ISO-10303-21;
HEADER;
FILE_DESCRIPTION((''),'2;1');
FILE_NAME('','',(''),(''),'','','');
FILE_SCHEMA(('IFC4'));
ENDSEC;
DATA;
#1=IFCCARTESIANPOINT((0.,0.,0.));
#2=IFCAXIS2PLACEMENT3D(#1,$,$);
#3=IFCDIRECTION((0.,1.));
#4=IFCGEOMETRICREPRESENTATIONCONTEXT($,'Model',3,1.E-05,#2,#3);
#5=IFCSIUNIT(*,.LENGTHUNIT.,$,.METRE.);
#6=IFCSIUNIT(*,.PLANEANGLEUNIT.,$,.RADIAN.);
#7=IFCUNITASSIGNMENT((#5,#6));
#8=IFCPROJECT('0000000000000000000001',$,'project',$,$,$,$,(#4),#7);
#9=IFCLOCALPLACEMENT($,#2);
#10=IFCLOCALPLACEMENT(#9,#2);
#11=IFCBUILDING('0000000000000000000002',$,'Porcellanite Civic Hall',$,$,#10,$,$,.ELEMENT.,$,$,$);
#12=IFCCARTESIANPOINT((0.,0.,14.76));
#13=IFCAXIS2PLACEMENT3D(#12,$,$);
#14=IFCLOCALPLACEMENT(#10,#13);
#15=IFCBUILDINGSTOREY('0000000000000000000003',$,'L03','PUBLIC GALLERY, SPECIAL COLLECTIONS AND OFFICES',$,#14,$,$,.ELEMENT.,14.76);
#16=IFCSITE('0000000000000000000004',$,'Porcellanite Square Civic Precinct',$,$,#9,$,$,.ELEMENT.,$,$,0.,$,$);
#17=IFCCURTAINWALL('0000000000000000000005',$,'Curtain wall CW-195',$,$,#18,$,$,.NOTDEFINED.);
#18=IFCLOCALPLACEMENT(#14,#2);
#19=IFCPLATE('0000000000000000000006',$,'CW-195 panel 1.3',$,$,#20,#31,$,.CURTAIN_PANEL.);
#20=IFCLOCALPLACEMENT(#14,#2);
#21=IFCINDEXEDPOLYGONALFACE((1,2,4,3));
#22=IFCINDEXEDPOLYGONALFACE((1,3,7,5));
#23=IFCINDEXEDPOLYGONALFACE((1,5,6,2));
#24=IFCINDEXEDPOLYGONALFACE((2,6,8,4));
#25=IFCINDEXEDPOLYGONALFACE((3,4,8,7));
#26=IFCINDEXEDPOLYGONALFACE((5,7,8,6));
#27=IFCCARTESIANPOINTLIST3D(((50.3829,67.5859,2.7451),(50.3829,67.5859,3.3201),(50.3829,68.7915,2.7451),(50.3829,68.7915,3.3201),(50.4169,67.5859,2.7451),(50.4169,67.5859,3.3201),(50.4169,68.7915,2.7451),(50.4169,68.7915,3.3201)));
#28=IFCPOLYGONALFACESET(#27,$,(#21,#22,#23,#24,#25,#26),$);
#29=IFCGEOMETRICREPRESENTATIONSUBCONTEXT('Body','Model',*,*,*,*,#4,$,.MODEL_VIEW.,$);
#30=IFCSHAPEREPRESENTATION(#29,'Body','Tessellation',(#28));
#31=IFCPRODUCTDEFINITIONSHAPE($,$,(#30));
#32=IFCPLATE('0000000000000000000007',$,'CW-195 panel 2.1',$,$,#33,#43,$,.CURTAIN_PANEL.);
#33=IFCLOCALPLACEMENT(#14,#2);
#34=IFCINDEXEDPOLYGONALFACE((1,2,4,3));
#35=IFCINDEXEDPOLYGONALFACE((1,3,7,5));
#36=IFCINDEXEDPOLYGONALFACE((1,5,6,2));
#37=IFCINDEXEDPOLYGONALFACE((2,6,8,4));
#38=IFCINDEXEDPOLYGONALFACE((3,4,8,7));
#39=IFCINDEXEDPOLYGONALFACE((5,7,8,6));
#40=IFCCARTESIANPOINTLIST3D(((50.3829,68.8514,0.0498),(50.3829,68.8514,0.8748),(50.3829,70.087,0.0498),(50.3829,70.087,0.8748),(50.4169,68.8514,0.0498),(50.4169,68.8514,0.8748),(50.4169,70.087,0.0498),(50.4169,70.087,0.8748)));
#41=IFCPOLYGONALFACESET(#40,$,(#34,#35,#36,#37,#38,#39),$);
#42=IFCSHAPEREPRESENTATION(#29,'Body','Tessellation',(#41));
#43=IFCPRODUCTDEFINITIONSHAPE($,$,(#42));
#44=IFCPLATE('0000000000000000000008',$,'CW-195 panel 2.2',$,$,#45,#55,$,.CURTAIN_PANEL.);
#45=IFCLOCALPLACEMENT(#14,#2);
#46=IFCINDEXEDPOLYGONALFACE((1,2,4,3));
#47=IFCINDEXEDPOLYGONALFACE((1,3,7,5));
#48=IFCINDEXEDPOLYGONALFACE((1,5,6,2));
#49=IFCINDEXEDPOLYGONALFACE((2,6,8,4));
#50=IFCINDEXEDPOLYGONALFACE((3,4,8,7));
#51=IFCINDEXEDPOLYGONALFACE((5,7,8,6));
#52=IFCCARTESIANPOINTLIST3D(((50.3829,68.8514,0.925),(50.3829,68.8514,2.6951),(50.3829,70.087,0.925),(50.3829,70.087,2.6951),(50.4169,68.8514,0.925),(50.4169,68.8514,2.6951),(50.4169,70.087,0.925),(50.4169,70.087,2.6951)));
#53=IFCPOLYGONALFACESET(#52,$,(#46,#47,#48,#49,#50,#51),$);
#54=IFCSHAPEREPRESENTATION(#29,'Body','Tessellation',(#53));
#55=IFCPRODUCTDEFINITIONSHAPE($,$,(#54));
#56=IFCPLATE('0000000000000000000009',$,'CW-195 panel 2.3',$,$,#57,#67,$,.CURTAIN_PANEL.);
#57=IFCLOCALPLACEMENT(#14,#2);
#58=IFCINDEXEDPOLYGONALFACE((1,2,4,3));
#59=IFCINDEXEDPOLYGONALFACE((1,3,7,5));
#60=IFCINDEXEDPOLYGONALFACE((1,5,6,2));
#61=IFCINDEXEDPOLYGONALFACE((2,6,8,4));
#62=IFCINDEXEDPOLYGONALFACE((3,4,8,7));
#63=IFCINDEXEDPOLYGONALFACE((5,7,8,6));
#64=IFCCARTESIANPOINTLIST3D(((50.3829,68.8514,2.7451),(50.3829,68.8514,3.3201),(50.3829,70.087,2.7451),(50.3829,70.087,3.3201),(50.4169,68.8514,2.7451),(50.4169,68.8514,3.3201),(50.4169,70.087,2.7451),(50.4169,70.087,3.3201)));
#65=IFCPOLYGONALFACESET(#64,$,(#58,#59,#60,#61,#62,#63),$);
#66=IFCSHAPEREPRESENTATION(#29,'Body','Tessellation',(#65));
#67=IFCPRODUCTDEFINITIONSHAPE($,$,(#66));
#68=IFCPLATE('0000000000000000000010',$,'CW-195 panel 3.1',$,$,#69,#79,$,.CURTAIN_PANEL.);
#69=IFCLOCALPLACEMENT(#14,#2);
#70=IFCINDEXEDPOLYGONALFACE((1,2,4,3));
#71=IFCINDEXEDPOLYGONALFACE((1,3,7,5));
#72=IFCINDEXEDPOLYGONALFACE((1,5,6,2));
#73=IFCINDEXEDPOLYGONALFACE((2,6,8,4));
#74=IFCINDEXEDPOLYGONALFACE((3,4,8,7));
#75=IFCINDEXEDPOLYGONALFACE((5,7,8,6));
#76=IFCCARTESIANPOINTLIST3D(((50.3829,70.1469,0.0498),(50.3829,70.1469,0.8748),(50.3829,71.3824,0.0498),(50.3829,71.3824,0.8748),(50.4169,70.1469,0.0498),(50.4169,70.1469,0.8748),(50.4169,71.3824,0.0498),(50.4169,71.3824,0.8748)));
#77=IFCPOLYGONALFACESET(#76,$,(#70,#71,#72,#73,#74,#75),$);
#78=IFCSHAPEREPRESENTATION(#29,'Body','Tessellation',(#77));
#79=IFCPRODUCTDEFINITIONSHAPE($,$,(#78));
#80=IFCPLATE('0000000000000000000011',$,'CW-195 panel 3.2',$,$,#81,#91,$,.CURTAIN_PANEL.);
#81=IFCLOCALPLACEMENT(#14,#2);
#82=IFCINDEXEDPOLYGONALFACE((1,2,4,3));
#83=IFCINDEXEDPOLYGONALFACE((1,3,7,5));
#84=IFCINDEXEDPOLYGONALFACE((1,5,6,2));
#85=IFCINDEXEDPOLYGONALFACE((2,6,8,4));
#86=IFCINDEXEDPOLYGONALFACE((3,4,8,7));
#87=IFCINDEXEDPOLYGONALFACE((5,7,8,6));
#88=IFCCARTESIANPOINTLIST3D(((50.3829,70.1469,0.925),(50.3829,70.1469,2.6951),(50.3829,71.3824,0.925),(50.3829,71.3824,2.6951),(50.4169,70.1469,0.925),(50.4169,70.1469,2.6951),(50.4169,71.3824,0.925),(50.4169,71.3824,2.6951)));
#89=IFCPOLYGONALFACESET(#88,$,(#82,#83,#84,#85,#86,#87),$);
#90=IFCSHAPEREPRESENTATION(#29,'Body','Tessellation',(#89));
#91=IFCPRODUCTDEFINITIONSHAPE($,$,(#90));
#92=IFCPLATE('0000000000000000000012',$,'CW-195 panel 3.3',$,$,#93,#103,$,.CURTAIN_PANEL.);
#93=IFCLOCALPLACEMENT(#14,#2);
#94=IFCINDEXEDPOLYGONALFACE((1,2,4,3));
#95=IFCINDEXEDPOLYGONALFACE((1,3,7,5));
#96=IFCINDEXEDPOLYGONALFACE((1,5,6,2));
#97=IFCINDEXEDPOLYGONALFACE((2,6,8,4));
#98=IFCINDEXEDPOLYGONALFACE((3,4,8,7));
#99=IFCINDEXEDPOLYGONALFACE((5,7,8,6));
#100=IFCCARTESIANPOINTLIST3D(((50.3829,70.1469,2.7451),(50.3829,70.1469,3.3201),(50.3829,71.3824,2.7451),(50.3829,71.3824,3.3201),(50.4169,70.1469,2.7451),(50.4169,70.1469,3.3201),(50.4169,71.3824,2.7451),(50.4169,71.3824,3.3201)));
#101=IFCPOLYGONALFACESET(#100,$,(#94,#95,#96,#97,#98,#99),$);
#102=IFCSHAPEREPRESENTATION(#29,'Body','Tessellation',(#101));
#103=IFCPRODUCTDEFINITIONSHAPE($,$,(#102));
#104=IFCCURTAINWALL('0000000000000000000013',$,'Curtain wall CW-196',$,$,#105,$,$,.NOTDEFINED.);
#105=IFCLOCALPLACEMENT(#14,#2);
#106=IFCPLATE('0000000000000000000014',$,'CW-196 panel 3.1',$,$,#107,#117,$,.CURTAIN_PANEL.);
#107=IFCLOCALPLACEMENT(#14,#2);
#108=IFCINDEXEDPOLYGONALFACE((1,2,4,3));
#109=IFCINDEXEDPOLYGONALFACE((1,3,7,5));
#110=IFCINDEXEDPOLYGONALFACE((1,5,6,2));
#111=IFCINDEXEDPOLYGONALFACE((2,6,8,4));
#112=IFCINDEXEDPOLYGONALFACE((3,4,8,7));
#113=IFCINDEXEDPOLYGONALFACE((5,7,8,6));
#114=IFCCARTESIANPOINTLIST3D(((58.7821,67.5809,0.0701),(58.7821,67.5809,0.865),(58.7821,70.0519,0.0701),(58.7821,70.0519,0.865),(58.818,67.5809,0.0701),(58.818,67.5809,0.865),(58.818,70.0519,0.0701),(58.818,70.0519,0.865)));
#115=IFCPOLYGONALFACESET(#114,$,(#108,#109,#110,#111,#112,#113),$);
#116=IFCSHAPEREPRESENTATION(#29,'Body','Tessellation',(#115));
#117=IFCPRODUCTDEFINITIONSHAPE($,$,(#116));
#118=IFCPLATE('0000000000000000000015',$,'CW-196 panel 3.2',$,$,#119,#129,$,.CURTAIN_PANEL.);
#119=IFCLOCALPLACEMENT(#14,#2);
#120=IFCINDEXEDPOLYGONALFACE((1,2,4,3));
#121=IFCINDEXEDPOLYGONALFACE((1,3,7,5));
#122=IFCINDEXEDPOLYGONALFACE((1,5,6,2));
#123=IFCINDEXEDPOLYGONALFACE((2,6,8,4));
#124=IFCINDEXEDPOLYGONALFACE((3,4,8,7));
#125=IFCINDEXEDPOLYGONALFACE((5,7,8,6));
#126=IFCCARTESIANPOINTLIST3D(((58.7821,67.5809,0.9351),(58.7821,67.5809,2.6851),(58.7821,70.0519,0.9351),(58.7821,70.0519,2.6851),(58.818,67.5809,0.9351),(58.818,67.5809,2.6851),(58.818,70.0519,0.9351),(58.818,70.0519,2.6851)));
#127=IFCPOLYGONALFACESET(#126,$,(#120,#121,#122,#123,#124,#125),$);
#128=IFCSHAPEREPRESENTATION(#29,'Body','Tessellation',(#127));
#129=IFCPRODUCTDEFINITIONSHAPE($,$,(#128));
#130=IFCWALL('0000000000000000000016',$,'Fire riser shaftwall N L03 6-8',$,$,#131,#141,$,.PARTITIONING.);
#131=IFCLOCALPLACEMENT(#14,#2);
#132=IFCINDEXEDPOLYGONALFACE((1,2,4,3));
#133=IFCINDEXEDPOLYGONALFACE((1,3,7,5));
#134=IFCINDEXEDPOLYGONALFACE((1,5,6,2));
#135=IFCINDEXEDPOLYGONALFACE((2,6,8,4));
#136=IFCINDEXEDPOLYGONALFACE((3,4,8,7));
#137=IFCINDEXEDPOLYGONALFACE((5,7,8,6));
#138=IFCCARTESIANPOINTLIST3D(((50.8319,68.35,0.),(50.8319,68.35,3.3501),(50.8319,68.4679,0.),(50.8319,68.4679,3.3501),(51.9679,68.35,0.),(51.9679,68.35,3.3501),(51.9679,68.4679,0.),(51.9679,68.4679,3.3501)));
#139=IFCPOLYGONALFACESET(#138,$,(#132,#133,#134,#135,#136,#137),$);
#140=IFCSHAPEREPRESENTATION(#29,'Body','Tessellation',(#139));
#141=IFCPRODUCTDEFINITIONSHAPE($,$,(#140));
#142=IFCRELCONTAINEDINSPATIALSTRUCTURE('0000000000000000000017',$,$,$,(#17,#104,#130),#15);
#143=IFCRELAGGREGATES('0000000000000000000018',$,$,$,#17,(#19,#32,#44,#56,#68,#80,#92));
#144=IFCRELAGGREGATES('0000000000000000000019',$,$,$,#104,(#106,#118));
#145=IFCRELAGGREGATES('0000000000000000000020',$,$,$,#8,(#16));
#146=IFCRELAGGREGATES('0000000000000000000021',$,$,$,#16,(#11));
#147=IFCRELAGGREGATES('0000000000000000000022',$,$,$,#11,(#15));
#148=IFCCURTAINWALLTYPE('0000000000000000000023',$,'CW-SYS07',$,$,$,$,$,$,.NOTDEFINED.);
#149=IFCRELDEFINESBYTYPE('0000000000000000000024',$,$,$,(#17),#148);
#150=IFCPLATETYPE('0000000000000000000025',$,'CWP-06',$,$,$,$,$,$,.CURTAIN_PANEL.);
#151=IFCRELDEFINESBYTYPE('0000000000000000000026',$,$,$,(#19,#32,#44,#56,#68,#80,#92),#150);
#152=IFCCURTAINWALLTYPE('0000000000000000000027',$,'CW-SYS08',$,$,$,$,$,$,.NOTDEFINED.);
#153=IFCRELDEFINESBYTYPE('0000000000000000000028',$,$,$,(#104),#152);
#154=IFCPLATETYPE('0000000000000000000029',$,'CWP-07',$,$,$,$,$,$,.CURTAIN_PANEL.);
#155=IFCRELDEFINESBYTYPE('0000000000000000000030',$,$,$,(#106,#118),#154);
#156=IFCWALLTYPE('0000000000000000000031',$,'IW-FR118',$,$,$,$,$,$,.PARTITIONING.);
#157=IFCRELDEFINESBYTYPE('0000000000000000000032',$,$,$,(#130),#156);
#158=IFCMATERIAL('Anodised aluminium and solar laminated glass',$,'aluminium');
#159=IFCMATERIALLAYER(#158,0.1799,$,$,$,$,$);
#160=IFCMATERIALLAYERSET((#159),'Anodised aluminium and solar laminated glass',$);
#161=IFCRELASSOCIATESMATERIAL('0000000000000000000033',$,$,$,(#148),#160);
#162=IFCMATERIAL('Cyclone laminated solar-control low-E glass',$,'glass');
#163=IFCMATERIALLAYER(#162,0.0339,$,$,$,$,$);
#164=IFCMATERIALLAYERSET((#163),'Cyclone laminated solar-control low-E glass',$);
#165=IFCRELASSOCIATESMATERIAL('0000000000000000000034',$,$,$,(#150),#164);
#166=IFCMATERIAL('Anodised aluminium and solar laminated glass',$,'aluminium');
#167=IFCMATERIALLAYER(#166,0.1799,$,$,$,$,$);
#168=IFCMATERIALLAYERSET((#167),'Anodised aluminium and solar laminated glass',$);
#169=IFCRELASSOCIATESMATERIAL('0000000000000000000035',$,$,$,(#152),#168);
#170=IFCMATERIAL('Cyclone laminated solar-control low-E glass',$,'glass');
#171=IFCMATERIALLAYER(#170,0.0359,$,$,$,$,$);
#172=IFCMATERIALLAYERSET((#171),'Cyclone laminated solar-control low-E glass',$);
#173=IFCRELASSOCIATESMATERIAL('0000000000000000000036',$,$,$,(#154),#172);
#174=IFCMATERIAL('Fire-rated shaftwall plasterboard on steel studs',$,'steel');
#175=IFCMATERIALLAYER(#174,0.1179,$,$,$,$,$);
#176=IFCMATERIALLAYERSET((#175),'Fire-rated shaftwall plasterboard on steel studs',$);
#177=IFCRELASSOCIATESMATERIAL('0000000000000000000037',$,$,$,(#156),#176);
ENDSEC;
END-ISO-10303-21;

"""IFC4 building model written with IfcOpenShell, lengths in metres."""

from ifc_helpers import new_model, si_unit, direction, frame, frame_2d, origin, origin_2d, place, context, subcontext, project, spatial, rectangle, extrude, material, layer, layer_set, type_object, element, aggregate, save


model = new_model("IFC4")

# Units and contexts
model_context = context("Model", 3, precision=1e-05, world=origin(), true_north=direction((0.0, 1.0)))
body_context = subcontext(model_context, "Body", "Model", "MODEL_VIEW")
ifc_project = project(units=[si_unit("LENGTHUNIT", "METRE"), si_unit("PLANEANGLEUNIT", "RADIAN")], contexts=[model_context])

# Site, building, storey
site_placement = place(None, origin())
site = spatial("IfcSite", under=ifc_project, at=site_placement, Name="Porcellanite Square Civic Precinct", CompositionType="ELEMENT", RefElevation=0.0)
building_placement = place(site_placement, origin())
building = spatial("IfcBuilding", under=site, at=building_placement, Name="Porcellanite Civic Hall", CompositionType="ELEMENT")
storey_placement = place(building_placement, frame((0.0, 0.0, 14.76)))
storey = spatial("IfcBuildingStorey", under=building, at=storey_placement, Name="L03", Description="PUBLIC GALLERY, SPECIAL COLLECTIONS AND OFFICES", CompositionType="ELEMENT", Elevation=14.76)

# Curtain wall, plates
ifc_material_1 = material(Name="Anodised aluminium and solar laminated glass", Category="aluminium")
ifc_layer_1 = layer(ifc_material_1, 0.1799)
ifc_layer_set_1 = layer_set([ifc_layer_1], Name="Anodised aluminium and solar laminated glass")
curtain_wall_type_1 = type_object("IfcCurtainWallType", Name="CW-SYS07", PredefinedType="NOTDEFINED", material=ifc_layer_set_1)
curtain_wall_1_placement = place(storey_placement, origin())
curtain_wall_1 = element("IfcCurtainWall", 1, at=curtain_wall_1_placement, inside=storey, type_object=curtain_wall_type_1, Name="Curtain wall CW-195", PredefinedType="NOTDEFINED")
ifc_material_2 = material(Name="Cyclone laminated solar-control low-E glass", Category="glass")
ifc_layer_2 = layer(ifc_material_2, 0.0339)
ifc_layer_set_2 = layer_set([ifc_layer_2], Name="Cyclone laminated solar-control low-E glass")
plate_type_1 = type_object("IfcPlateType", Name="CWP-06", PredefinedType="CURTAIN_PANEL", material=ifc_layer_set_2)
plate_1_placement = place(storey_placement, frame((50.3999, 68.1887, 2.7451), z_axis=(0.0, 0.0, 1.0), x_axis=(0.0, 1.0, 0.0)))
plate_1 = element("IfcPlate", 2, at=plate_1_placement, type_object=plate_type_1, Name="CW-195 panel 1.3", PredefinedType="CURTAIN_PANEL", context=body_context, shape_type="SweptSolid", body=[
    extrude(rectangle(XDim=1.2056, YDim=0.0339, at=origin_2d()), origin(), (0.0, 0.0, 1.0), 0.575),
])
plate_2_placement = place(storey_placement, frame((50.3999, 69.4692, 0.0498), z_axis=(0.0, 0.0, 1.0), x_axis=(0.0, 1.0, 0.0)))
plate_2 = element("IfcPlate", 3, at=plate_2_placement, type_object=plate_type_1, Name="CW-195 panel 2.1", PredefinedType="CURTAIN_PANEL", context=body_context, shape_type="SweptSolid", body=[
    extrude(rectangle(XDim=1.2356, YDim=0.0339, at=origin_2d()), origin(), (0.0, 0.0, 1.0), 0.825),
])
plate_3_placement = place(storey_placement, frame((50.3999, 69.4692, 0.925), z_axis=(0.0, 0.0, 1.0), x_axis=(0.0, 1.0, 0.0)))
plate_3 = element("IfcPlate", 4, at=plate_3_placement, type_object=plate_type_1, Name="CW-195 panel 2.2", PredefinedType="CURTAIN_PANEL", context=body_context, shape_type="SweptSolid", body=[
    extrude(rectangle(XDim=1.2356, YDim=0.0339, at=origin_2d()), origin(), (0.0, 0.0, 1.0), 1.77),
])
plate_4_placement = place(storey_placement, frame((50.3999, 69.4692, 2.7451), z_axis=(0.0, 0.0, 1.0), x_axis=(0.0, 1.0, 0.0)))
plate_4 = element("IfcPlate", 5, at=plate_4_placement, type_object=plate_type_1, Name="CW-195 panel 2.3", PredefinedType="CURTAIN_PANEL", context=body_context, shape_type="SweptSolid", body=[
    extrude(rectangle(XDim=1.2356, YDim=0.0339, at=origin_2d()), origin(), (0.0, 0.0, 1.0), 0.575),
])
plate_5_placement = place(storey_placement, frame((50.3999, 70.7646, 0.0498), z_axis=(0.0, 0.0, 1.0), x_axis=(0.0, 1.0, 0.0)))
plate_5 = element("IfcPlate", 6, at=plate_5_placement, type_object=plate_type_1, Name="CW-195 panel 3.1", PredefinedType="CURTAIN_PANEL", context=body_context, shape_type="SweptSolid", body=[
    extrude(rectangle(XDim=1.2356, YDim=0.0339, at=origin_2d()), origin(), (0.0, 0.0, 1.0), 0.825),
])
plate_6_placement = place(storey_placement, frame((50.3999, 70.7646, 0.925), z_axis=(0.0, 0.0, 1.0), x_axis=(0.0, 1.0, 0.0)))
plate_6 = element("IfcPlate", 7, at=plate_6_placement, type_object=plate_type_1, Name="CW-195 panel 3.2", PredefinedType="CURTAIN_PANEL", context=body_context, shape_type="SweptSolid", body=[
    extrude(rectangle(XDim=1.2356, YDim=0.0339, at=origin_2d()), origin(), (0.0, 0.0, 1.0), 1.77),
])
plate_7_placement = place(storey_placement, frame((50.3999, 70.7646, 2.7451), z_axis=(0.0, 0.0, 1.0), x_axis=(0.0, 1.0, 0.0)))
plate_7 = element("IfcPlate", 8, at=plate_7_placement, type_object=plate_type_1, Name="CW-195 panel 3.3", PredefinedType="CURTAIN_PANEL", context=body_context, shape_type="SweptSolid", body=[
    extrude(rectangle(XDim=1.2356, YDim=0.0339, at=origin_2d()), origin(), (0.0, 0.0, 1.0), 0.575),
])
aggregate(curtain_wall_1, [plate_1, plate_2, plate_3, plate_4, plate_5, plate_6, plate_7])

# Curtain wall, plates
ifc_material_3 = material(Name="Anodised aluminium and solar laminated glass", Category="aluminium")
ifc_layer_3 = layer(ifc_material_3, 0.1799)
ifc_layer_set_3 = layer_set([ifc_layer_3], Name="Anodised aluminium and solar laminated glass")
curtain_wall_type_2 = type_object("IfcCurtainWallType", Name="CW-SYS08", PredefinedType="NOTDEFINED", material=ifc_layer_set_3)
curtain_wall_2_placement = place(storey_placement, origin())
curtain_wall_2 = element("IfcCurtainWall", 9, at=curtain_wall_2_placement, inside=storey, type_object=curtain_wall_type_2, Name="Curtain wall CW-196", PredefinedType="NOTDEFINED")
ifc_material_4 = material(Name="Cyclone laminated solar-control low-E glass", Category="glass")
ifc_layer_4 = layer(ifc_material_4, 0.0359)
ifc_layer_set_4 = layer_set([ifc_layer_4], Name="Cyclone laminated solar-control low-E glass")
plate_type_2 = type_object("IfcPlateType", Name="CWP-07", PredefinedType="CURTAIN_PANEL", material=ifc_layer_set_4)
plate_8_placement = place(storey_placement, frame((58.8, 68.8164, 0.0701), z_axis=(0.0, 0.0, 1.0), x_axis=(0.0, -1.0, 0.0)))
plate_8 = element("IfcPlate", 10, at=plate_8_placement, type_object=plate_type_2, Name="CW-196 panel 3.1", PredefinedType="CURTAIN_PANEL", context=body_context, shape_type="SweptSolid", body=[
    extrude(rectangle(XDim=2.4709, YDim=0.0359, at=origin_2d()), origin(), (0.0, 0.0, 1.0), 0.7949),
])
plate_9_placement = place(storey_placement, frame((58.8, 68.8164, 0.9351), z_axis=(0.0, 0.0, 1.0), x_axis=(0.0, -1.0, 0.0)))
plate_9 = element("IfcPlate", 11, at=plate_9_placement, type_object=plate_type_2, Name="CW-196 panel 3.2", PredefinedType="CURTAIN_PANEL", context=body_context, shape_type="SweptSolid", body=[
    extrude(rectangle(XDim=2.4709, YDim=0.0359, at=origin_2d()), origin(), (0.0, 0.0, 1.0), 1.75),
])
aggregate(curtain_wall_2, [plate_8, plate_9])

# Wall
ifc_material_5 = material(Name="Fire-rated shaftwall plasterboard on steel studs", Category="steel")
ifc_layer_5 = layer(ifc_material_5, 0.1179)
ifc_layer_set_5 = layer_set([ifc_layer_5], Name="Fire-rated shaftwall plasterboard on steel studs")
wall_type = type_object("IfcWallType", Name="IW-FR118", PredefinedType="PARTITIONING", material=ifc_layer_set_5)
wall_placement = place(storey_placement, frame((50.832, 68.4089, 0.0), z_axis=(0.0, 0.0, 1.0), x_axis=(1.0, 0.0, 0.0)))
element("IfcWall", 12, at=wall_placement, inside=storey, type_object=wall_type, Name="Fire riser shaftwall N L03 6-8", PredefinedType="PARTITIONING", context=body_context, shape_type="SweptSolid", body=[
    extrude(rectangle(XDim=1.136, YDim=0.1179, at=frame_2d((0.5679, 0.0))), origin(), (0.0, 0.0, 1.0), 3.3501),
])

save(model, "model.ifc")
